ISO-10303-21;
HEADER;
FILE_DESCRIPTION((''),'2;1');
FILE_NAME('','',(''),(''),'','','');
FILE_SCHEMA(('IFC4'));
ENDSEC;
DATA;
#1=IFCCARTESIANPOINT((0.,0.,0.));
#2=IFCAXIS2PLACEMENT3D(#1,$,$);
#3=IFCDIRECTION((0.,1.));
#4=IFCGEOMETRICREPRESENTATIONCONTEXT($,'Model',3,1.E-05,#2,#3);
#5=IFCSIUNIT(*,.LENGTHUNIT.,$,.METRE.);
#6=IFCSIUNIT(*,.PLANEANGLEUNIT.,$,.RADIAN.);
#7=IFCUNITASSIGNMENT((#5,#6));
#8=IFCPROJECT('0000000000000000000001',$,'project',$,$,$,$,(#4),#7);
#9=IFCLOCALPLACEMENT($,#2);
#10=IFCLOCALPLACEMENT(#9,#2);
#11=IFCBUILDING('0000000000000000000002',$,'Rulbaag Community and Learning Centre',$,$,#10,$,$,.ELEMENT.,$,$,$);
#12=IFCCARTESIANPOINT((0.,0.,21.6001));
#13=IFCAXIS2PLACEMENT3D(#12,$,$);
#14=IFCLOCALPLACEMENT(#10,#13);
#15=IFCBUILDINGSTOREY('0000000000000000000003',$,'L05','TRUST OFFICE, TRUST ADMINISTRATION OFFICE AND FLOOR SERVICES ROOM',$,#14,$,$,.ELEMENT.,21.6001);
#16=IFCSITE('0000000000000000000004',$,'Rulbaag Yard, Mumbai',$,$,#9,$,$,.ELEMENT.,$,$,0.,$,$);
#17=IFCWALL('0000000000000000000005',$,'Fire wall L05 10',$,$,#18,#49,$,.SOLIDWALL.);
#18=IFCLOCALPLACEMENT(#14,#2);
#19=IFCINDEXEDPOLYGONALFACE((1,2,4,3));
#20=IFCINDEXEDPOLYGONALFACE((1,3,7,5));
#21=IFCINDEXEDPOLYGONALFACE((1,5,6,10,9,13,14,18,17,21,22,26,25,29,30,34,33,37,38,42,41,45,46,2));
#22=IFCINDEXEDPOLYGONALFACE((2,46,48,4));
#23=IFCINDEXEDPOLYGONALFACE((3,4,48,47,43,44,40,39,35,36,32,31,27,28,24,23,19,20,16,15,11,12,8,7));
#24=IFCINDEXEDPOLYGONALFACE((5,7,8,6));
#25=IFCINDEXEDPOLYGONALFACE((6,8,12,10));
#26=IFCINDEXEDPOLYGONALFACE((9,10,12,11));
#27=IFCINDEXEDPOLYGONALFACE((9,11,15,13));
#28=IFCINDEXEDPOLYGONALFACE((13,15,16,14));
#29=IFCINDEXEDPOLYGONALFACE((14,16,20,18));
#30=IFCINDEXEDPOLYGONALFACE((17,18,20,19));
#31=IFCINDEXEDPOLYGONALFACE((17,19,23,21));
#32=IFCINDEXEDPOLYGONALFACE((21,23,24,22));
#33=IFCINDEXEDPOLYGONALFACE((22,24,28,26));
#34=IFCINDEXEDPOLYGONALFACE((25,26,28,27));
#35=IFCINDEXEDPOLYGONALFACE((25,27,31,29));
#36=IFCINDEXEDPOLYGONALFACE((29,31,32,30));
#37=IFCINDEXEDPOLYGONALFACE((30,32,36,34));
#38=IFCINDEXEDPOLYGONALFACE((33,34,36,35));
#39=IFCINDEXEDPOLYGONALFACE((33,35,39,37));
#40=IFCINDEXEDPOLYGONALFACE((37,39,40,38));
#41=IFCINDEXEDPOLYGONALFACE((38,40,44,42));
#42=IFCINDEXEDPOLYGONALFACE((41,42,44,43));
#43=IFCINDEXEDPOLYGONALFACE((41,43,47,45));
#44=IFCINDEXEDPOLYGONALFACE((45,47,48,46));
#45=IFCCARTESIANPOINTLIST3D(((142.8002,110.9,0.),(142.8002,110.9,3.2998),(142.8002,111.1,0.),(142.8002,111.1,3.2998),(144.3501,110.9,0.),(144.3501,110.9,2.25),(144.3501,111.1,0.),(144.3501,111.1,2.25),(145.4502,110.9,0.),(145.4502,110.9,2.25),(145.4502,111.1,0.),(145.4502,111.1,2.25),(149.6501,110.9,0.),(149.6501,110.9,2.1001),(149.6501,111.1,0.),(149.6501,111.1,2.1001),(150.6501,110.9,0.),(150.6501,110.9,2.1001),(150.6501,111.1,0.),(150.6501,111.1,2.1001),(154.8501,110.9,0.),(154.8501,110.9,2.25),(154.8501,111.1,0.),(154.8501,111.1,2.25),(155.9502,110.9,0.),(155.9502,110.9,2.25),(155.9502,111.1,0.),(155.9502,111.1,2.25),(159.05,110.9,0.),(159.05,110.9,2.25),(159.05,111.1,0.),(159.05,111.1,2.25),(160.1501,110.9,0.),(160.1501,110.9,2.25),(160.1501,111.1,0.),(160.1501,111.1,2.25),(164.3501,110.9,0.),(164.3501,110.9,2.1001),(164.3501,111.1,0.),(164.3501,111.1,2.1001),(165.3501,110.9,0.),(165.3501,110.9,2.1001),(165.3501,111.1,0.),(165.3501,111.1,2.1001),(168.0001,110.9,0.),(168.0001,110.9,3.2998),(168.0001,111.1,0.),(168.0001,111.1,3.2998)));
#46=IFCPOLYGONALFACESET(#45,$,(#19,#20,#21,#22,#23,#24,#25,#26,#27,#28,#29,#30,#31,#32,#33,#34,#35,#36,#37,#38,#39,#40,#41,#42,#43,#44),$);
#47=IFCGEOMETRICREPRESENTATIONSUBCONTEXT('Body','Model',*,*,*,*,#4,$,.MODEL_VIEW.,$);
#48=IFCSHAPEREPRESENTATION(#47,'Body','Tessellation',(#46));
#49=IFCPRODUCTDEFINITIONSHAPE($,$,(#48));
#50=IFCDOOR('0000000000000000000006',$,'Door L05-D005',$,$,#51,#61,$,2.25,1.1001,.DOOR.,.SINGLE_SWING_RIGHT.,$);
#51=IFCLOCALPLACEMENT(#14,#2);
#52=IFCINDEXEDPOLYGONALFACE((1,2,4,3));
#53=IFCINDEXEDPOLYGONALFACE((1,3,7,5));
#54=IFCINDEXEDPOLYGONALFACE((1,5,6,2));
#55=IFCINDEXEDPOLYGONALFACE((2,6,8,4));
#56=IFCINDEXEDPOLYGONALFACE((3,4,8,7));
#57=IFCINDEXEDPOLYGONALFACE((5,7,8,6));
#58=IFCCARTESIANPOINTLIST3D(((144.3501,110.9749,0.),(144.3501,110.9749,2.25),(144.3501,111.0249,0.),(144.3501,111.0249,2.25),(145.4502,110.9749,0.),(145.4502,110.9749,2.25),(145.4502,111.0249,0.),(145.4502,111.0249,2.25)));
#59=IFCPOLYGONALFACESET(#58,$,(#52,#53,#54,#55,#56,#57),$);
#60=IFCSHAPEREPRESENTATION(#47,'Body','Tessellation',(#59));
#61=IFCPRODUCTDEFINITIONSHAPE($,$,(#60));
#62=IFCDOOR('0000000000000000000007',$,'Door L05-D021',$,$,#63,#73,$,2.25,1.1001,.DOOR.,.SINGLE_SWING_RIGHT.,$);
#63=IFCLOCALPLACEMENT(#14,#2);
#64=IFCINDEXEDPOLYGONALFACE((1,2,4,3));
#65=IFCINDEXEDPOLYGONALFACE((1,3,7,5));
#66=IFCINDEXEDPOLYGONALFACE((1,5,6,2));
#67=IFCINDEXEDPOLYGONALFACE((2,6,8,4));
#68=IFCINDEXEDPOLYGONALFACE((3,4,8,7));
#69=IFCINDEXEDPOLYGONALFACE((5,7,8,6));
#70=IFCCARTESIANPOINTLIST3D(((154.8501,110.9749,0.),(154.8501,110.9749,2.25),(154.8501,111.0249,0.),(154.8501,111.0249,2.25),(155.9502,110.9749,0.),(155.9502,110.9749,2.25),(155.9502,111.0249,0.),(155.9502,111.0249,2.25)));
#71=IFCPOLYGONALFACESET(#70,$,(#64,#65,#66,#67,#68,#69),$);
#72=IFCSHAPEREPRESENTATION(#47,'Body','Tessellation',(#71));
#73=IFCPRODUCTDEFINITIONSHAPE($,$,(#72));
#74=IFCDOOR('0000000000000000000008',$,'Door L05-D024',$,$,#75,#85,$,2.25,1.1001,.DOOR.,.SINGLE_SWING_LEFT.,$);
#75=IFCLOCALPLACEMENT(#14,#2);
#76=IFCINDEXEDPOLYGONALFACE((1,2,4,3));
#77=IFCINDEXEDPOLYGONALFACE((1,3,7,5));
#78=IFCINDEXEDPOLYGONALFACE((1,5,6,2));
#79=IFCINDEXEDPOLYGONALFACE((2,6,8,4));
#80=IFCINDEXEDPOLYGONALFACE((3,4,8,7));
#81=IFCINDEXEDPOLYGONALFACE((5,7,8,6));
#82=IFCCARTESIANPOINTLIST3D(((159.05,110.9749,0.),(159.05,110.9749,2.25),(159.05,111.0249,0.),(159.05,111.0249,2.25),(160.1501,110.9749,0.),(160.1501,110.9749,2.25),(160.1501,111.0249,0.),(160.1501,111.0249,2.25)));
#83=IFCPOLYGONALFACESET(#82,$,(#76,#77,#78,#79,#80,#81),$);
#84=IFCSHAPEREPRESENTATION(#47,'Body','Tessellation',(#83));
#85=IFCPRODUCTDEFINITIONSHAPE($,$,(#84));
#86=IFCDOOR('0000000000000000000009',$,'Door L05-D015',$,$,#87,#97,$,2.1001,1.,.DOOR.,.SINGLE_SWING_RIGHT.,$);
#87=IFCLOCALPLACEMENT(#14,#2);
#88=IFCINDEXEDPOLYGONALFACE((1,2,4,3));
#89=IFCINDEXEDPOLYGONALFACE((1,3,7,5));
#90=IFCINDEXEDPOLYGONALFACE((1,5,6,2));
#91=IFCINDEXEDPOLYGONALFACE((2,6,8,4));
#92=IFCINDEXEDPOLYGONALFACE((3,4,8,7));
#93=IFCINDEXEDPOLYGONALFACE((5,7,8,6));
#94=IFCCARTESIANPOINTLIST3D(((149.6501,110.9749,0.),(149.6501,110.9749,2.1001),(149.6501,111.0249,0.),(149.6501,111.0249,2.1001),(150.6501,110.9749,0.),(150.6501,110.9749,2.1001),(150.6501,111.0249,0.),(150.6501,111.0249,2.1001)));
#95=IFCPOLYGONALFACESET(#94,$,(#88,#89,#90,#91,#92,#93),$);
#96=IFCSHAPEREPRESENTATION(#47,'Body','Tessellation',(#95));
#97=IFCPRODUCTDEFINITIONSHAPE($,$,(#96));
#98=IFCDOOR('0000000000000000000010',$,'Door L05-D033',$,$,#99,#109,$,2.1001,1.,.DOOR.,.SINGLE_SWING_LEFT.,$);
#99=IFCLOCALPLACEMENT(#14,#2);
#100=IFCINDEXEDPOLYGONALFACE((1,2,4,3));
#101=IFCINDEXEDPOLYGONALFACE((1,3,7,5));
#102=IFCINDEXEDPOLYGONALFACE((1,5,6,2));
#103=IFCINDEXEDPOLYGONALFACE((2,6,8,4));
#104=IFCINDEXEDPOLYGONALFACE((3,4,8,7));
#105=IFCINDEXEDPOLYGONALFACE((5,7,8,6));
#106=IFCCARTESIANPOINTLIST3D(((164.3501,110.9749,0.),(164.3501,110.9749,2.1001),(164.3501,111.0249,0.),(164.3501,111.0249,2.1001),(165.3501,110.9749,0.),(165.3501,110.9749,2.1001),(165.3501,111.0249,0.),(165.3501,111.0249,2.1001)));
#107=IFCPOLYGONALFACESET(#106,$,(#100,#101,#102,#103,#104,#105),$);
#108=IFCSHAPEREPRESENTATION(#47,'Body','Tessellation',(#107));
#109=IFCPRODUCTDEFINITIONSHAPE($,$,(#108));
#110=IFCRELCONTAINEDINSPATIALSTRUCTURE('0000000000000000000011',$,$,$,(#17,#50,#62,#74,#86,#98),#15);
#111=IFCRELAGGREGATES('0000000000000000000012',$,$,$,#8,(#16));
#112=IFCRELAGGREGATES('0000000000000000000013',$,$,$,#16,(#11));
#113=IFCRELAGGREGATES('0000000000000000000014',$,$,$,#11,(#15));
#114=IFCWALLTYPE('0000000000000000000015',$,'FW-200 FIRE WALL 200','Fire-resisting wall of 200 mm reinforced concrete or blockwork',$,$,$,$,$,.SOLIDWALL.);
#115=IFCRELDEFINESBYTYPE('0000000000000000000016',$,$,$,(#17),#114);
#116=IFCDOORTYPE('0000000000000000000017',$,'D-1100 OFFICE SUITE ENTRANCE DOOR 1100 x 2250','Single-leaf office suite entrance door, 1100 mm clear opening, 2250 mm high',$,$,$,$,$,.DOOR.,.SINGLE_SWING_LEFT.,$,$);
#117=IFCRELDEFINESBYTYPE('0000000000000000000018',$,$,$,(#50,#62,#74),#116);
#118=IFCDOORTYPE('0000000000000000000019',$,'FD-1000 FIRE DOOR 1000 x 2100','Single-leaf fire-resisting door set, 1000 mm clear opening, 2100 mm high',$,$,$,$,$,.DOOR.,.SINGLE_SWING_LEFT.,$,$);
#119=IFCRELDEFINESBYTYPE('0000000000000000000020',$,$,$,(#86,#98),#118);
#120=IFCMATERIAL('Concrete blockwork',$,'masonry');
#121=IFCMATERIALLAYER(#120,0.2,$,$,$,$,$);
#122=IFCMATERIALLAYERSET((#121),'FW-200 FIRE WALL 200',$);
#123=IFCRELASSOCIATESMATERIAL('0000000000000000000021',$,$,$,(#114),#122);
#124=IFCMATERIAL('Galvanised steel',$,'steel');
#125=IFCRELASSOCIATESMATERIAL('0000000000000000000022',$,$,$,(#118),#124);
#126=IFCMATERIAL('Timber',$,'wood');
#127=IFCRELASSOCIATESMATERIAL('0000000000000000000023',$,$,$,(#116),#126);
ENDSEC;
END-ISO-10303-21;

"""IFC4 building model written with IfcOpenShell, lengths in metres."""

from ifc_helpers import new_model, si_unit, direction, frame, frame_2d, origin, place, context, subcontext, project, spatial, rectangle, extrude, material, layer, layer_set, type_object, element, fill, save


model = new_model("IFC4")

# Units and contexts
model_context = context("Model", 3, precision=1e-05, world=origin(), true_north=direction((0.0, 1.0)))
body_context = subcontext(model_context, "Body", "Model", "MODEL_VIEW")
ifc_project = project(units=[si_unit("LENGTHUNIT", "METRE"), si_unit("PLANEANGLEUNIT", "RADIAN")], contexts=[model_context])

# Site, building, storey
site_placement = place(None, origin())
site = spatial("IfcSite", under=ifc_project, at=site_placement, Name="Rulbaag Yard, Mumbai", CompositionType="ELEMENT", RefElevation=0.0)
building_placement = place(site_placement, origin())
building = spatial("IfcBuilding", under=site, at=building_placement, Name="Rulbaag Community and Learning Centre", CompositionType="ELEMENT")
storey_placement = place(building_placement, frame((0.0, 0.0, 21.6001)))
storey = spatial("IfcBuildingStorey", under=building, at=storey_placement, Name="L05", Description="TRUST OFFICE, TRUST ADMINISTRATION OFFICE AND FLOOR SERVICES ROOM", CompositionType="ELEMENT", Elevation=21.6001)

# Wall, openings, doors
ifc_material_1 = material(Name="Concrete blockwork", Category="masonry")
ifc_layer_1 = layer(ifc_material_1, 0.2)
ifc_layer_set_1 = layer_set([ifc_layer_1], Name="FW-200 FIRE WALL 200")
wall_type_1 = type_object("IfcWallType", Name="FW-200 FIRE WALL 200", Description="Fire-resisting wall of 200 mm reinforced concrete or blockwork", PredefinedType="SOLIDWALL", material=ifc_layer_set_1)
ifc_material_2 = material(Name="Galvanised steel", Category="steel")
door_type_1 = type_object("IfcDoorType", Name="FD-1000 FIRE DOOR 1000 x 2100", Description="Single-leaf fire-resisting door set, 1000 mm clear opening, 2100 mm high", OperationType="SINGLE_SWING_LEFT", PredefinedType="DOOR", material=ifc_material_2)
wall_1_placement = place(storey_placement, frame((142.8, 111.0, 0.0), z_axis=(0.0, 0.0, 1.0), x_axis=(1.0, 0.0, 0.0)))
wall_1 = element("IfcWall", 1, at=wall_1_placement, inside=storey, type_object=wall_type_1, Name="Fire wall L05 10", PredefinedType="SOLIDWALL", context=body_context, shape_type="SweptSolid", body=[
    extrude(rectangle(XDim=25.2, YDim=0.2, at=frame_2d((12.6001, 0.0))), origin(), (0.0, 0.0, 1.0), 3.2998),
])
opening_1_placement = place(wall_1_placement, frame((1.55, 0.0, 0.0)))
opening_1 = element("IfcOpeningElement", 2, at=opening_1_placement, cuts=wall_1, PredefinedType="OPENING", context=body_context, shape_type="SweptSolid", body=[
    extrude(rectangle(XDim=1.1001, YDim=2.25, at=frame_2d((0.55, 1.125))), frame((0.0, 0.1099, 0.0), z_axis=(0.0, -1.0, 0.0), x_axis=(1.0, 0.0, 0.0)), (0.0, 0.0, 1.0), 0.22),
])
opening_2_placement = place(wall_1_placement, frame((6.8501, 0.0, 0.0)))
opening_2 = element("IfcOpeningElement", 3, at=opening_2_placement, cuts=wall_1, PredefinedType="OPENING", context=body_context, shape_type="SweptSolid", body=[
    extrude(rectangle(XDim=1.0, YDim=2.1001, at=frame_2d((0.5, 1.05))), frame((0.0, 0.1099, 0.0), z_axis=(0.0, -1.0, 0.0), x_axis=(1.0, 0.0, 0.0)), (0.0, 0.0, 1.0), 0.22),
])
opening_3_placement = place(wall_1_placement, frame((12.05, 0.0, 0.0)))
opening_3 = element("IfcOpeningElement", 4, at=opening_3_placement, cuts=wall_1, PredefinedType="OPENING", context=body_context, shape_type="SweptSolid", body=[
    extrude(rectangle(XDim=1.1001, YDim=2.25, at=frame_2d((0.55, 1.125))), frame((0.0, 0.1099, 0.0), z_axis=(0.0, -1.0, 0.0), x_axis=(1.0, 0.0, 0.0)), (0.0, 0.0, 1.0), 0.22),
])
opening_4_placement = place(wall_1_placement, frame((16.25, 0.0, 0.0)))
opening_4 = element("IfcOpeningElement", 5, at=opening_4_placement, cuts=wall_1, PredefinedType="OPENING", context=body_context, shape_type="SweptSolid", body=[
    extrude(rectangle(XDim=1.1001, YDim=2.25, at=frame_2d((0.55, 1.125))), frame((0.0, 0.1099, 0.0), z_axis=(0.0, -1.0, 0.0), x_axis=(1.0, 0.0, 0.0)), (0.0, 0.0, 1.0), 0.22),
])
opening_5_placement = place(wall_1_placement, frame((21.55, 0.0, 0.0)))
opening_5 = element("IfcOpeningElement", 6, at=opening_5_placement, cuts=wall_1, PredefinedType="OPENING", context=body_context, shape_type="SweptSolid", body=[
    extrude(rectangle(XDim=1.0, YDim=2.1001, at=frame_2d((0.5, 1.05))), frame((0.0, 0.1099, 0.0), z_axis=(0.0, -1.0, 0.0), x_axis=(1.0, 0.0, 0.0)), (0.0, 0.0, 1.0), 0.22),
])
ifc_material_3 = material(Name="Timber", Category="wood")
door_type_2 = type_object("IfcDoorType", Name="D-1100 OFFICE SUITE ENTRANCE DOOR 1100 x 2250", Description="Single-leaf office suite entrance door, 1100 mm clear opening, 2250 mm high", OperationType="SINGLE_SWING_LEFT", PredefinedType="DOOR", material=ifc_material_3)
door_1_placement = place(opening_1_placement, origin())
door_1 = element("IfcDoor", 7, at=door_1_placement, inside=storey, type_object=door_type_2, Name="Door L05-D005", OperationType="SINGLE_SWING_RIGHT", OverallHeight=2.25, OverallWidth=1.1001, PredefinedType="DOOR", context=body_context, shape_type="SweptSolid", body=[
    extrude(rectangle(XDim=1.1001, YDim=2.25, at=frame_2d((0.55, 1.125))), frame((0.0, 0.0249, 0.0), z_axis=(0.0, -1.0, 0.0), x_axis=(1.0, 0.0, 0.0)), (0.0, 0.0, 1.0), 0.05),
])
fill(opening_1, door_1)
door_2_placement = place(opening_3_placement, origin())
door_2 = element("IfcDoor", 8, at=door_2_placement, inside=storey, type_object=door_type_2, Name="Door L05-D021", OperationType="SINGLE_SWING_RIGHT", OverallHeight=2.25, OverallWidth=1.1001, PredefinedType="DOOR", context=body_context, shape_type="SweptSolid", body=[
    extrude(rectangle(XDim=1.1001, YDim=2.25, at=frame_2d((0.55, 1.125))), frame((0.0, 0.0249, 0.0), z_axis=(0.0, -1.0, 0.0), x_axis=(1.0, 0.0, 0.0)), (0.0, 0.0, 1.0), 0.05),
])
fill(opening_3, door_2)
door_3_placement = place(opening_4_placement, origin())
door_3 = element("IfcDoor", 9, at=door_3_placement, inside=storey, type_object=door_type_2, Name="Door L05-D024", OperationType="SINGLE_SWING_LEFT", OverallHeight=2.25, OverallWidth=1.1001, PredefinedType="DOOR", context=body_context, shape_type="SweptSolid", body=[
    extrude(rectangle(XDim=1.1001, YDim=2.25, at=frame_2d((0.55, 1.125))), frame((0.0, 0.0249, 0.0), z_axis=(0.0, -1.0, 0.0), x_axis=(1.0, 0.0, 0.0)), (0.0, 0.0, 1.0), 0.05),
])
fill(opening_4, door_3)
door_4_placement = place(opening_2_placement, origin())
door_4 = element("IfcDoor", 10, at=door_4_placement, inside=storey, type_object=door_type_1, Name="Door L05-D015", OperationType="SINGLE_SWING_RIGHT", OverallHeight=2.1001, OverallWidth=1.0, PredefinedType="DOOR", context=body_context, shape_type="SweptSolid", body=[
    extrude(rectangle(XDim=1.0, YDim=2.1001, at=frame_2d((0.5, 1.05))), frame((0.0, 0.0249, 0.0), z_axis=(0.0, -1.0, 0.0), x_axis=(1.0, 0.0, 0.0)), (0.0, 0.0, 1.0), 0.05),
])
fill(opening_2, door_4)
door_5_placement = place(opening_5_placement, origin())
door_5 = element("IfcDoor", 11, at=door_5_placement, inside=storey, type_object=door_type_1, Name="Door L05-D033", OperationType="SINGLE_SWING_LEFT", OverallHeight=2.1001, OverallWidth=1.0, PredefinedType="DOOR", context=body_context, shape_type="SweptSolid", body=[
    extrude(rectangle(XDim=1.0, YDim=2.1001, at=frame_2d((0.5, 1.05))), frame((0.0, 0.0249, 0.0), z_axis=(0.0, -1.0, 0.0), x_axis=(1.0, 0.0, 0.0)), (0.0, 0.0, 1.0), 0.05),
])
fill(opening_5, door_5)

save(model, "model.ifc")
